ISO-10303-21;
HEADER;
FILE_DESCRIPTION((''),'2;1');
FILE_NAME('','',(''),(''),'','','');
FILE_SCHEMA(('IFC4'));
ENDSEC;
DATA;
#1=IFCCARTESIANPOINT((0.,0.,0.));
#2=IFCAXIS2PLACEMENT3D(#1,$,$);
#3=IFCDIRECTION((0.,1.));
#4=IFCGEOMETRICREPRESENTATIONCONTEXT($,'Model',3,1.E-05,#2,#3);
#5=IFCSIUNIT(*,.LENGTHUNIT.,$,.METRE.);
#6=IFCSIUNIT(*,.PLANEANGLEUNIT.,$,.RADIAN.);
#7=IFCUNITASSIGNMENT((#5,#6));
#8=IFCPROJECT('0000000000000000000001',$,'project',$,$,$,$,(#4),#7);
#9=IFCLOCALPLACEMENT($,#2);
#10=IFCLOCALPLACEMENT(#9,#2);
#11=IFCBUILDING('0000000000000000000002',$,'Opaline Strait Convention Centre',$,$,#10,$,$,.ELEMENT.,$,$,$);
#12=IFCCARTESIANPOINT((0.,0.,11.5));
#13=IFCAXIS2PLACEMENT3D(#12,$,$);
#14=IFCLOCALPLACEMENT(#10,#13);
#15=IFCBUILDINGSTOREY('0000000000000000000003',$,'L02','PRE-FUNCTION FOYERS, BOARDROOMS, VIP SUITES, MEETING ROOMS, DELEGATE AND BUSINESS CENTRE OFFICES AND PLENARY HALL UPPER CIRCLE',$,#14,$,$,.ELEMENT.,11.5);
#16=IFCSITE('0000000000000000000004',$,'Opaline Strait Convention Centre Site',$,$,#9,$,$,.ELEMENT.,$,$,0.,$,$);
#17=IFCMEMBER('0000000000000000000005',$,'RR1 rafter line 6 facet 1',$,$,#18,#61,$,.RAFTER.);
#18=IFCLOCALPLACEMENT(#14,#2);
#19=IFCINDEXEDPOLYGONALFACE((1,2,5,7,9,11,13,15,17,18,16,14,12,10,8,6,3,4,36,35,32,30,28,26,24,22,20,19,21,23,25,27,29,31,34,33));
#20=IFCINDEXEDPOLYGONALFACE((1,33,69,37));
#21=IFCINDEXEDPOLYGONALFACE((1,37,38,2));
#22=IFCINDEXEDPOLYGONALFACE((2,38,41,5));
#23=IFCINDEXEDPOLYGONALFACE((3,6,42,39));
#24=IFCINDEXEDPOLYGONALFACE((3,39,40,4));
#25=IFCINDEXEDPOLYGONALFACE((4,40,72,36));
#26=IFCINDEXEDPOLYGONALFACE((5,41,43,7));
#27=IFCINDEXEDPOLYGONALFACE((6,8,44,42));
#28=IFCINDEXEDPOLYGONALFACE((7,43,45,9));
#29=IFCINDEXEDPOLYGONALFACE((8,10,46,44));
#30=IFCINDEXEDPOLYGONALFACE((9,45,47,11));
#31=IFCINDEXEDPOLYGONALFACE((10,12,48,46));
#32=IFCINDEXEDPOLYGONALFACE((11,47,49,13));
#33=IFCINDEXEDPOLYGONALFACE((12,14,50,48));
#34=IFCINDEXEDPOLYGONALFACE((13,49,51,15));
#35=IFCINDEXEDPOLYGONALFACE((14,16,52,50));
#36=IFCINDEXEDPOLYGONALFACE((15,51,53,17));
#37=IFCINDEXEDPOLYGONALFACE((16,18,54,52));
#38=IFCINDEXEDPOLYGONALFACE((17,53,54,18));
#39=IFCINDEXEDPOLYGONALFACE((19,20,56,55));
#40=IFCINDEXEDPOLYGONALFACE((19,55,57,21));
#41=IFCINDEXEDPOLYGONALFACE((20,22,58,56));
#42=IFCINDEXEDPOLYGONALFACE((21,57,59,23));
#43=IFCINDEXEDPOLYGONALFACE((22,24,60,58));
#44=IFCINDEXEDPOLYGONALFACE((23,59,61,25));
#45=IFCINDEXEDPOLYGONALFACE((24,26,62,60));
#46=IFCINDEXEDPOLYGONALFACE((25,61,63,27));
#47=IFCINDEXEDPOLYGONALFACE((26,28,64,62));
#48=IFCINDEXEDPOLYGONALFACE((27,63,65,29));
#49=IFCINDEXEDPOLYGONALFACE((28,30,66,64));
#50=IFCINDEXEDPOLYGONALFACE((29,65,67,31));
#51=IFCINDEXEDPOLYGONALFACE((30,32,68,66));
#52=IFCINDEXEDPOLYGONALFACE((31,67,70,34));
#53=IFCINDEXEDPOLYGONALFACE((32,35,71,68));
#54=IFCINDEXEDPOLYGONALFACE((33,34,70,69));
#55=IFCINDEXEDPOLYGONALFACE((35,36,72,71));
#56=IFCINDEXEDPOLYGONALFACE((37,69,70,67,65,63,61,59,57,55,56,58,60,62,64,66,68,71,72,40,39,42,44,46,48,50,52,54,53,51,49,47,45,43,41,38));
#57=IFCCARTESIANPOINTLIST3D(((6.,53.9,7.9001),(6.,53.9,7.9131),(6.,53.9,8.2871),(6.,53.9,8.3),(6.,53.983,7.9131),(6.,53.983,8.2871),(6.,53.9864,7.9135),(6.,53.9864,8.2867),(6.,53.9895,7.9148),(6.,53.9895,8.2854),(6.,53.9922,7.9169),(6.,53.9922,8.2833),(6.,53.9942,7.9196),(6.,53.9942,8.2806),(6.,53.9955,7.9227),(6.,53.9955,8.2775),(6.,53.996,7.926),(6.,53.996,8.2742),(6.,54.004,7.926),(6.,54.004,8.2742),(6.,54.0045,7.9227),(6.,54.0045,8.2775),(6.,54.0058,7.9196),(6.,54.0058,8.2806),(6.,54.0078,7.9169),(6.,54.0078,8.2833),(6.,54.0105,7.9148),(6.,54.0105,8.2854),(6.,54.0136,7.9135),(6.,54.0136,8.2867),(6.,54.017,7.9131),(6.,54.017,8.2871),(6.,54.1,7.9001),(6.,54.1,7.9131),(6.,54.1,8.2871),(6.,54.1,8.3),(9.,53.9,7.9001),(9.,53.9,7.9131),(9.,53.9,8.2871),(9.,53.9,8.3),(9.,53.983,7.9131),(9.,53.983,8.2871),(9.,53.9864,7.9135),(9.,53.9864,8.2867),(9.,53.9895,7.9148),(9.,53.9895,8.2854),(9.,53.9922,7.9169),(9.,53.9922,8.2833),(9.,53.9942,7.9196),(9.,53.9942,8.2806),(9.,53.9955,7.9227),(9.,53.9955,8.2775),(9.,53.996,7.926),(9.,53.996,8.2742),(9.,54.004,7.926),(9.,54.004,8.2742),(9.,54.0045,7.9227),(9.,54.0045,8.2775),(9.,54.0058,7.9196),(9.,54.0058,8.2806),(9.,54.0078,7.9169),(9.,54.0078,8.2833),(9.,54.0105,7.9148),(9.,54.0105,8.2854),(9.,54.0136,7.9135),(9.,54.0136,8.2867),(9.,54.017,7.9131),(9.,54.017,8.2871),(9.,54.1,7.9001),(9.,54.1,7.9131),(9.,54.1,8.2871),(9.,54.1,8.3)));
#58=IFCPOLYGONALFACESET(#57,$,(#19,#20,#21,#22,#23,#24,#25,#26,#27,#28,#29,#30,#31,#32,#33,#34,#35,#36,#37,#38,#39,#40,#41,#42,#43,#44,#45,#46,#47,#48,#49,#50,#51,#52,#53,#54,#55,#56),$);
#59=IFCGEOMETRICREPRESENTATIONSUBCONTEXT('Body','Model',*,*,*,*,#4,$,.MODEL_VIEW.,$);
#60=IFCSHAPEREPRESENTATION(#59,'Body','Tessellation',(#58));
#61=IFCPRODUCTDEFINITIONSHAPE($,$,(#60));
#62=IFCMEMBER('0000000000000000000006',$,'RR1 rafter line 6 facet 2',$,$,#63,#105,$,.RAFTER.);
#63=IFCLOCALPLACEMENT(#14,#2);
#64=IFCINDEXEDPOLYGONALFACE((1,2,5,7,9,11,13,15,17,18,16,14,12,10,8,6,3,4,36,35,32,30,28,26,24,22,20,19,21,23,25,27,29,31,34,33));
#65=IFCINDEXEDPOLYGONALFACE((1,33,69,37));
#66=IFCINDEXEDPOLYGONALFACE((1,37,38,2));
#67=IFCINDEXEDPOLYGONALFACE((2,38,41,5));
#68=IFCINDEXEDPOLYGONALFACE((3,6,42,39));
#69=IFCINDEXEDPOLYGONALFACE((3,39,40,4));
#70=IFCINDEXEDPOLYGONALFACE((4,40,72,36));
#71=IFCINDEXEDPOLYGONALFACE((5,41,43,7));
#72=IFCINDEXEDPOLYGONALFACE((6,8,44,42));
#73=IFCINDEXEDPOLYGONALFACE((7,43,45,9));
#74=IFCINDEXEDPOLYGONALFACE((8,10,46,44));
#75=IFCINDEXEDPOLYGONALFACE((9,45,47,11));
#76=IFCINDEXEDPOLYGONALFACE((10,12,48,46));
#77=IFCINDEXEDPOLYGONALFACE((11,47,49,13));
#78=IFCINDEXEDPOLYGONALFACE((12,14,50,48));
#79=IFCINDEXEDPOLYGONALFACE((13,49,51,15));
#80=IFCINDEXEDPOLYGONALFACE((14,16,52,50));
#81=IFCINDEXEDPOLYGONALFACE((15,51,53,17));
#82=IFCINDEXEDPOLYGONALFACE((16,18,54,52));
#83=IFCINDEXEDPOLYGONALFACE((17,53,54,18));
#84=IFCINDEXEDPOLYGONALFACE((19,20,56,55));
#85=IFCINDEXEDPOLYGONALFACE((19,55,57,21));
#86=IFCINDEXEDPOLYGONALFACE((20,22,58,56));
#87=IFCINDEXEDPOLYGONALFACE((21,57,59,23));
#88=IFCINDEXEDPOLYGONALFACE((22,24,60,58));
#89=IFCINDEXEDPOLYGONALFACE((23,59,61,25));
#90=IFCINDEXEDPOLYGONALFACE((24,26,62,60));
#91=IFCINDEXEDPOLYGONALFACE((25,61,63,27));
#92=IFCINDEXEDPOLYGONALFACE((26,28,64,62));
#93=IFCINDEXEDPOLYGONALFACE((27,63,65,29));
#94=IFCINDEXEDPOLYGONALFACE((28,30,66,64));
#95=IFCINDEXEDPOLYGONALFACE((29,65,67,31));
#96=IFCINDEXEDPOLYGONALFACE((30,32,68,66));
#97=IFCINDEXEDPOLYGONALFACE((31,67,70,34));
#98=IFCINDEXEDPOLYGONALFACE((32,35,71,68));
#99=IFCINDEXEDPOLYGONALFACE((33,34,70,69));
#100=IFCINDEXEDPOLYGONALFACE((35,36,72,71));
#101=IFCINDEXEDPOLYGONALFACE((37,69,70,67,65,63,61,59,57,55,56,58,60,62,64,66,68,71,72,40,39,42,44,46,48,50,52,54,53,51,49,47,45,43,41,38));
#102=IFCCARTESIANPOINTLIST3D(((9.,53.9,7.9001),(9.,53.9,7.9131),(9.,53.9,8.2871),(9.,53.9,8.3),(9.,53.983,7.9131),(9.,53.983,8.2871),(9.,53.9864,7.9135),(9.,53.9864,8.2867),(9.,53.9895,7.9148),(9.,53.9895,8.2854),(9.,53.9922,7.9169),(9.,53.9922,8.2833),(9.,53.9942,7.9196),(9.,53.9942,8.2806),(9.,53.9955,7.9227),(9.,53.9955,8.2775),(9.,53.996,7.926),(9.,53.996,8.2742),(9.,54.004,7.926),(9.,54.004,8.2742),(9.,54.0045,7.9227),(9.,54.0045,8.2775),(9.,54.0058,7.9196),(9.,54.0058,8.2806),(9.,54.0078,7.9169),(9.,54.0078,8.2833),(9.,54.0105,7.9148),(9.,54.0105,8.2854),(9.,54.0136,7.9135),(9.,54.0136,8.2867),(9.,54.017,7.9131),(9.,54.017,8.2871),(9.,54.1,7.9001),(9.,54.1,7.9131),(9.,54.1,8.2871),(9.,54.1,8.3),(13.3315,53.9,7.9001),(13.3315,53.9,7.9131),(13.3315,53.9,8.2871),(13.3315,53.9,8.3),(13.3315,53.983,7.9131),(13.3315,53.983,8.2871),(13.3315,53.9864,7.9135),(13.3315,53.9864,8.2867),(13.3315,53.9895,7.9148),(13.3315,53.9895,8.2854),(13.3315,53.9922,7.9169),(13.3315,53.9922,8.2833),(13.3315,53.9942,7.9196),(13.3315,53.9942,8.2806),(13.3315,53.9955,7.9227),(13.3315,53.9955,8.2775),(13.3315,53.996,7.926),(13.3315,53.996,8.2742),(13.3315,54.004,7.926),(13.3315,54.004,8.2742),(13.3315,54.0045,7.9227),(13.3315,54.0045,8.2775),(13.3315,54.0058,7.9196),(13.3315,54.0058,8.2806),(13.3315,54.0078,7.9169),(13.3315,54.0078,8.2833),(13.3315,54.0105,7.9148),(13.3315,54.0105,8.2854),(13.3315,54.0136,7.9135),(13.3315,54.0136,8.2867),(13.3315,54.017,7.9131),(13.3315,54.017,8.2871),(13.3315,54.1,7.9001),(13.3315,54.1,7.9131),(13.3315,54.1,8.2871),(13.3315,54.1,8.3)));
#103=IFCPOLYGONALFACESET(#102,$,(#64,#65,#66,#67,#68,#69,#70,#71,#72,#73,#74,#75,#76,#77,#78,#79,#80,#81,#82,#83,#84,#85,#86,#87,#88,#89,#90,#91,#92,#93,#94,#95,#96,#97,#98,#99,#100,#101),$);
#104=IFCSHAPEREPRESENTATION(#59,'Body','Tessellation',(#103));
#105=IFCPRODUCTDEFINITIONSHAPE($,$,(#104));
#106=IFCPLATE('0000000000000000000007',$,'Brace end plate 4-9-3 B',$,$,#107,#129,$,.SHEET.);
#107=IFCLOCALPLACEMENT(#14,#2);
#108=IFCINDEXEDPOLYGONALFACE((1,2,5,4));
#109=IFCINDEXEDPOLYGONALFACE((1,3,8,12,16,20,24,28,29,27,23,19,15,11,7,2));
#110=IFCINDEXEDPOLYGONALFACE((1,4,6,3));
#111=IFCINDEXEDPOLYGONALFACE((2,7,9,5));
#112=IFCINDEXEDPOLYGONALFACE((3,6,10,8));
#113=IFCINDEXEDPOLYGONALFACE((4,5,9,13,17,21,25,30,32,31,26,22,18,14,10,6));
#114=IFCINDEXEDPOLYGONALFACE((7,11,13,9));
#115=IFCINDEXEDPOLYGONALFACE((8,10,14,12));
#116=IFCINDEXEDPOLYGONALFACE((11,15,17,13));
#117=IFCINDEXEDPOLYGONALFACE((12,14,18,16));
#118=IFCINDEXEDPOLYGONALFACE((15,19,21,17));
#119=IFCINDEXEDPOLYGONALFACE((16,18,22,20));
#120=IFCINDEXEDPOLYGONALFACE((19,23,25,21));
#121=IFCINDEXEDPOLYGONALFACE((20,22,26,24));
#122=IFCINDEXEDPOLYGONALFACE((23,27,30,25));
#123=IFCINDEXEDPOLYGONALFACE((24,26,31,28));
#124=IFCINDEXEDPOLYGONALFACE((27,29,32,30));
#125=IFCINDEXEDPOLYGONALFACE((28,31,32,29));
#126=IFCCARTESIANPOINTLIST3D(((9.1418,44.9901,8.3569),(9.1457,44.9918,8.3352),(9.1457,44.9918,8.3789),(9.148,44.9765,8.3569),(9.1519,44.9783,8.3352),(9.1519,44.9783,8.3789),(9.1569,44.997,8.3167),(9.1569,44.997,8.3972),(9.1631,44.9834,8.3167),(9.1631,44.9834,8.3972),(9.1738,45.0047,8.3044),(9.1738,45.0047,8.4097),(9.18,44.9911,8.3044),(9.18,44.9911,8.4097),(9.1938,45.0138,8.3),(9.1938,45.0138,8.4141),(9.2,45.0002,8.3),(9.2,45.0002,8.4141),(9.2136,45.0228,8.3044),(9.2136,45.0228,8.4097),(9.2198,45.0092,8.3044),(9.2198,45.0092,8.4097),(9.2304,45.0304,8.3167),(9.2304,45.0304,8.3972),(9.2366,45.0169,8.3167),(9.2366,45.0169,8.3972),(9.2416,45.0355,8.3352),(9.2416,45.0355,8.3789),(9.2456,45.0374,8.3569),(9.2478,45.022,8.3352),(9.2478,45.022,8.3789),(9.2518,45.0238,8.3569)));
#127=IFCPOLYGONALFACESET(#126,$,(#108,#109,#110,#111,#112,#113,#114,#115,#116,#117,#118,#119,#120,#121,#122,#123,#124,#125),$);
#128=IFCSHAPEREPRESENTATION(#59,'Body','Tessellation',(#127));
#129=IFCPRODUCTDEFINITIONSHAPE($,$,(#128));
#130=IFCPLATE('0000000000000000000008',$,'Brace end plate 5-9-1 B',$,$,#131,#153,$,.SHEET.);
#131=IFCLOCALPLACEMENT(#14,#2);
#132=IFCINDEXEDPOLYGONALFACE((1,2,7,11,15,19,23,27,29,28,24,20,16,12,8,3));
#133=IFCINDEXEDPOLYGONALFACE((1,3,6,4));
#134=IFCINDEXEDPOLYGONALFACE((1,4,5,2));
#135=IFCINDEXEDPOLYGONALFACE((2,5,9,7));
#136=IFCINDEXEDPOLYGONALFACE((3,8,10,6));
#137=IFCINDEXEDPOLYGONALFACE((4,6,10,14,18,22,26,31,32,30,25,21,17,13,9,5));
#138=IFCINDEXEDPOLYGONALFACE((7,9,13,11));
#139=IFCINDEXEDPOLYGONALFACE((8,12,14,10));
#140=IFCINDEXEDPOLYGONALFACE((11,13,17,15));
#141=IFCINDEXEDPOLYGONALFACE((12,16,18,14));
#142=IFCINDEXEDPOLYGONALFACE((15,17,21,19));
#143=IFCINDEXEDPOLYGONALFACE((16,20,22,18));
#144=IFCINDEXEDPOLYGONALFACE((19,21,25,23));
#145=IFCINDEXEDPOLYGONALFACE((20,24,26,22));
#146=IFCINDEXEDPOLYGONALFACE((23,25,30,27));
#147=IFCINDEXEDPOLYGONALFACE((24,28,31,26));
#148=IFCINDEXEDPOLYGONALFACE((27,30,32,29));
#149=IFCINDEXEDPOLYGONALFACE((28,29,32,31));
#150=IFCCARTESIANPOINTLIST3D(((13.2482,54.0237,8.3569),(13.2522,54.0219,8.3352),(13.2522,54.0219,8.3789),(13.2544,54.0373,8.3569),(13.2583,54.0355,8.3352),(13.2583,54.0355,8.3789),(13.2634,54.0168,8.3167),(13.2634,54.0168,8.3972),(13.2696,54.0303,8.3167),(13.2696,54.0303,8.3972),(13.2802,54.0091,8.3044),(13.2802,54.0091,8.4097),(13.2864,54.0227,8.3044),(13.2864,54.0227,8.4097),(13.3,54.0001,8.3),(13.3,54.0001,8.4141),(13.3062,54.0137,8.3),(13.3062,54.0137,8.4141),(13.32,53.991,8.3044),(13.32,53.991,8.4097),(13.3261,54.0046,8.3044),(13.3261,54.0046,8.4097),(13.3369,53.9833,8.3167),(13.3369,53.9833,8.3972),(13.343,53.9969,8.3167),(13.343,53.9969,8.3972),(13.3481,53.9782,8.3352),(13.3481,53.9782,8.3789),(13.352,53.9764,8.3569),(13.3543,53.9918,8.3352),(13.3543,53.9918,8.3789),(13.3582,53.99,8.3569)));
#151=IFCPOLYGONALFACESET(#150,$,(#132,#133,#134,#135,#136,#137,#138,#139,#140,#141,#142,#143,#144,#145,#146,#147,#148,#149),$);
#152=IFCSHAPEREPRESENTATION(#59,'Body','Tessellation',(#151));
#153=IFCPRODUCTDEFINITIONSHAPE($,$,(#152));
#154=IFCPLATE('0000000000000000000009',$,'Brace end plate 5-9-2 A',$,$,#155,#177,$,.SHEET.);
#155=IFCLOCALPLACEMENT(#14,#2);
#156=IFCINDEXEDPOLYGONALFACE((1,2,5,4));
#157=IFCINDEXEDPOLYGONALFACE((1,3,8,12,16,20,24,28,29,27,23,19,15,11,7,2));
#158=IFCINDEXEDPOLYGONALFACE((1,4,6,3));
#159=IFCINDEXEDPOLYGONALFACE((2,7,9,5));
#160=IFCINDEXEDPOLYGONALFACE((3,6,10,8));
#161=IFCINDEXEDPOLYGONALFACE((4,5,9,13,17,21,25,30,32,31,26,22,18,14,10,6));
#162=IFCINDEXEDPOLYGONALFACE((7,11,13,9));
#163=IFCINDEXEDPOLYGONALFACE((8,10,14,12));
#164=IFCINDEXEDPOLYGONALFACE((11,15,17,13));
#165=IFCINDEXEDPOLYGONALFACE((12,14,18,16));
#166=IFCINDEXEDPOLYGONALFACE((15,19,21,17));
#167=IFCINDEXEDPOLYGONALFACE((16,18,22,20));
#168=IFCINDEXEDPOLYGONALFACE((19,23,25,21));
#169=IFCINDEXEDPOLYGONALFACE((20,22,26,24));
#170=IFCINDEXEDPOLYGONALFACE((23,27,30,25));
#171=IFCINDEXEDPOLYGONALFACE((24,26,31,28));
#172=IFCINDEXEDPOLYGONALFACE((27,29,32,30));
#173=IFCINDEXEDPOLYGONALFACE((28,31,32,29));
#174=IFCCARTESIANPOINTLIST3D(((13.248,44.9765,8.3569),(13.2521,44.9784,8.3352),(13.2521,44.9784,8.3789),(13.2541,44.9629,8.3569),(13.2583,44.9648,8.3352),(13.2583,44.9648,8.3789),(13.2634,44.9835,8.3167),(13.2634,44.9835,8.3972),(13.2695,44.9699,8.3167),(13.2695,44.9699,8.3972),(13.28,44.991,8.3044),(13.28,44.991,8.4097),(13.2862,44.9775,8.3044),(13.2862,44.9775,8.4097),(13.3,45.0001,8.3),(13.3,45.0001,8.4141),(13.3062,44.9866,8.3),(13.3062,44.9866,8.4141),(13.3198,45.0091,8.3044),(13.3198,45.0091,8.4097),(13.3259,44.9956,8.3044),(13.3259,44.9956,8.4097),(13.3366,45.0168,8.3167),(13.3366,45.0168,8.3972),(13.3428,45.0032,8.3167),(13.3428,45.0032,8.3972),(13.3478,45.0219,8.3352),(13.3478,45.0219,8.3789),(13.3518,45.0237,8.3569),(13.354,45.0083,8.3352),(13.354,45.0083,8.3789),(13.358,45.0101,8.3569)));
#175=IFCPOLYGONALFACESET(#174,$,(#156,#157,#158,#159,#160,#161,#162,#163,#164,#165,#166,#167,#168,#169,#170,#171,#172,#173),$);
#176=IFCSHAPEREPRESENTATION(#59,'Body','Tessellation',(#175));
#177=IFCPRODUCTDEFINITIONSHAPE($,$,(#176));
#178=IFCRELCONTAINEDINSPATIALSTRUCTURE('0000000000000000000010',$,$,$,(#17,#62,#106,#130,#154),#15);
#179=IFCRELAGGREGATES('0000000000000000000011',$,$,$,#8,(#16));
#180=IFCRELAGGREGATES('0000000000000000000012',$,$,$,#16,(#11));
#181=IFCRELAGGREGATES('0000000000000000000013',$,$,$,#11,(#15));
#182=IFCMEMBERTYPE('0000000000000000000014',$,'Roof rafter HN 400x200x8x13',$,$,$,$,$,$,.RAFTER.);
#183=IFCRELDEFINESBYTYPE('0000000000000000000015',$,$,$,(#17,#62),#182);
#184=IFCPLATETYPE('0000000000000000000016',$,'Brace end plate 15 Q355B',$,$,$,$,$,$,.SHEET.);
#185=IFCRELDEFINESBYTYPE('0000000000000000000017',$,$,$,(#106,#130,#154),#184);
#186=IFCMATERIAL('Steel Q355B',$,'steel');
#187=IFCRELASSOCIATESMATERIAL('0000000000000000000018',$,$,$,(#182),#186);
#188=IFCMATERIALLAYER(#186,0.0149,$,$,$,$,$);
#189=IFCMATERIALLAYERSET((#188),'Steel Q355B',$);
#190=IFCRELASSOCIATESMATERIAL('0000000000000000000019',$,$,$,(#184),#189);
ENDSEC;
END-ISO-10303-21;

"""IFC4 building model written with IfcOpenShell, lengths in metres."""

from ifc_helpers import new_model, si_unit, direction, frame, origin, origin_2d, place, context, subcontext, project, spatial, polyline, i_section, outline, extrude, material, layer, layer_set, material_profile, profile_set, type_object, element, save


model = new_model("IFC4")

# Units and contexts
model_context = context("Model", 3, precision=1e-05, world=origin(), true_north=direction((0.0, 1.0)))
body_context = subcontext(model_context, "Body", "Model", "MODEL_VIEW")
ifc_project = project(units=[si_unit("LENGTHUNIT", "METRE"), si_unit("PLANEANGLEUNIT", "RADIAN")], contexts=[model_context])

# Site, building, storey
site_placement = place(None, origin())
site = spatial("IfcSite", under=ifc_project, at=site_placement, Name="Opaline Strait Convention Centre Site", CompositionType="ELEMENT", RefElevation=0.0)
building_placement = place(site_placement, origin())
building = spatial("IfcBuilding", under=site, at=building_placement, Name="Opaline Strait Convention Centre", CompositionType="ELEMENT")
storey_placement = place(building_placement, frame((0.0, 0.0, 11.5)))
storey = spatial("IfcBuildingStorey", under=building, at=storey_placement, Name="L02", Description="PRE-FUNCTION FOYERS, BOARDROOMS, VIP SUITES, MEETING ROOMS, DELEGATE AND BUSINESS CENTRE OFFICES AND PLENARY HALL UPPER CIRCLE", CompositionType="ELEMENT", Elevation=11.5)

# Shared definitions
ifc_material_1 = material(Name="Steel Q355B", Category="steel")

# Members
ifc_material_profile_1 = material_profile(ifc_material_1, i_section(OverallWidth=0.2, OverallDepth=0.3999, WebThickness=0.0081, FlangeThickness=0.0129, FilletRadius=0.0129, at=origin_2d()), Name="HN 400x200x8x13")
ifc_profile_set_1 = profile_set([ifc_material_profile_1], Name="Steel Q355B")
member_type_1 = type_object("IfcMemberType", Name="Roof rafter HN 400x200x8x13", PredefinedType="RAFTER", material=ifc_profile_set_1)
member_1_placement = place(storey_placement, frame((6.0, 54.0, 8.1001), z_axis=(1.0, 0.0, 0.0), x_axis=(0.0, 1.0, 0.0)))
element("IfcMember", 1, at=member_1_placement, inside=storey, type_object=member_type_1, Name="RR1 rafter line 6 facet 1", PredefinedType="RAFTER", context=body_context, shape_type="SweptSolid", body=[
    extrude(i_section(OverallWidth=0.2, OverallDepth=0.3999, WebThickness=0.0081, FlangeThickness=0.0129, FilletRadius=0.0129, at=origin_2d()), origin(), (0.0, 0.0, 1.0), 3.0),
])
member_2_placement = place(storey_placement, frame((9.0, 54.0, 8.1001), z_axis=(1.0, 0.0, 0.0), x_axis=(0.0, 1.0, 0.0)))
element("IfcMember", 2, at=member_2_placement, inside=storey, type_object=member_type_1, Name="RR1 rafter line 6 facet 2", PredefinedType="RAFTER", context=body_context, shape_type="SweptSolid", body=[
    extrude(i_section(OverallWidth=0.2, OverallDepth=0.3999, WebThickness=0.0081, FlangeThickness=0.0129, FilletRadius=0.0129, at=origin_2d()), origin(), (0.0, 0.0, 1.0), 4.3315),
])

# Plates
ifc_layer_1 = layer(ifc_material_1, 0.0149)
ifc_layer_set_1 = layer_set([ifc_layer_1], Name="Steel Q355B")
plate_type = type_object("IfcPlateType", Name="Brace end plate 15 Q355B", PredefinedType="SHEET", material=ifc_layer_set_1)
plate_1_placement = place(storey_placement, frame((9.2456, 45.0374, 8.3569), z_axis=(-0.414547, 0.910028, 0.0), x_axis=(-0.179212, -0.081637, -0.980418)))
element("IfcPlate", 3, at=plate_1_placement, inside=storey, type_object=plate_type, Name="Brace end plate 4-9-3 B", PredefinedType="SHEET", context=body_context, shape_type="SweptSolid", body=[
    extrude(outline(polyline([(0.0, 0.0), (0.0222, 0.0), (0.0428, 0.0084), (0.0584, 0.0242), (0.067, 0.0446), (0.067, 0.067), (0.0587, 0.0876), (0.0429, 0.1034), (0.0225, 0.1118), (0.0001, 0.112), (-0.0203, 0.1035), (-0.0362, 0.0877), (-0.0448, 0.0671), (-0.0448, 0.0449), (-0.0362, 0.0243), (-0.0207, 0.0086), (0.0, 0.0)])), origin(), (0.0, 0.0, -1.0), 0.0149),
])
plate_2_placement = place(storey_placement, frame((13.3582, 53.99, 8.3569), z_axis=(0.414547, 0.910028, 0.0), x_axis=(-0.175212, 0.079815, -0.98129)))
element("IfcPlate", 4, at=plate_2_placement, inside=storey, type_object=plate_type, Name="Brace end plate 5-9-1 B", PredefinedType="SHEET", context=body_context, shape_type="SweptSolid", body=[
    extrude(outline(polyline([(0.0, 0.0), (0.0221, 0.0), (0.0427, 0.0085), (0.0583, 0.0244), (0.0668, 0.0451), (0.0667, 0.0673), (0.0583, 0.0878), (0.0424, 0.1035), (0.022, 0.1119), (-0.0004, 0.1119), (-0.0208, 0.1033), (-0.0366, 0.0876), (-0.0451, 0.0671), (-0.045, 0.0447), (-0.0363, 0.0241), (-0.0207, 0.0084), (0.0, 0.0)])), origin(), (0.0, 0.0, -1.0), 0.0149),
])
plate_3_placement = place(storey_placement, frame((13.3518, 45.0237, 8.3569), z_axis=(-0.413759, 0.910386, 0.0), x_axis=(-0.179277, -0.081479, -0.980419)))
element("IfcPlate", 5, at=plate_3_placement, inside=storey, type_object=plate_type, Name="Brace end plate 5-9-2 A", PredefinedType="SHEET", context=body_context, shape_type="SweptSolid", body=[
    extrude(outline(polyline([(0.0, 0.0), (0.0222, 0.0), (0.0428, 0.0084), (0.0584, 0.0242), (0.067, 0.0446), (0.067, 0.067), (0.0586, 0.0873), (0.0429, 0.103), (0.0225, 0.1118), (0.0, 0.1117), (-0.0204, 0.1032), (-0.0362, 0.0877), (-0.0448, 0.0671), (-0.0448, 0.0449), (-0.0362, 0.0243), (-0.0207, 0.0086), (0.0, 0.0)])), origin(), (0.0, 0.0, -1.0), 0.0149),
])

save(model, "model.ifc")
